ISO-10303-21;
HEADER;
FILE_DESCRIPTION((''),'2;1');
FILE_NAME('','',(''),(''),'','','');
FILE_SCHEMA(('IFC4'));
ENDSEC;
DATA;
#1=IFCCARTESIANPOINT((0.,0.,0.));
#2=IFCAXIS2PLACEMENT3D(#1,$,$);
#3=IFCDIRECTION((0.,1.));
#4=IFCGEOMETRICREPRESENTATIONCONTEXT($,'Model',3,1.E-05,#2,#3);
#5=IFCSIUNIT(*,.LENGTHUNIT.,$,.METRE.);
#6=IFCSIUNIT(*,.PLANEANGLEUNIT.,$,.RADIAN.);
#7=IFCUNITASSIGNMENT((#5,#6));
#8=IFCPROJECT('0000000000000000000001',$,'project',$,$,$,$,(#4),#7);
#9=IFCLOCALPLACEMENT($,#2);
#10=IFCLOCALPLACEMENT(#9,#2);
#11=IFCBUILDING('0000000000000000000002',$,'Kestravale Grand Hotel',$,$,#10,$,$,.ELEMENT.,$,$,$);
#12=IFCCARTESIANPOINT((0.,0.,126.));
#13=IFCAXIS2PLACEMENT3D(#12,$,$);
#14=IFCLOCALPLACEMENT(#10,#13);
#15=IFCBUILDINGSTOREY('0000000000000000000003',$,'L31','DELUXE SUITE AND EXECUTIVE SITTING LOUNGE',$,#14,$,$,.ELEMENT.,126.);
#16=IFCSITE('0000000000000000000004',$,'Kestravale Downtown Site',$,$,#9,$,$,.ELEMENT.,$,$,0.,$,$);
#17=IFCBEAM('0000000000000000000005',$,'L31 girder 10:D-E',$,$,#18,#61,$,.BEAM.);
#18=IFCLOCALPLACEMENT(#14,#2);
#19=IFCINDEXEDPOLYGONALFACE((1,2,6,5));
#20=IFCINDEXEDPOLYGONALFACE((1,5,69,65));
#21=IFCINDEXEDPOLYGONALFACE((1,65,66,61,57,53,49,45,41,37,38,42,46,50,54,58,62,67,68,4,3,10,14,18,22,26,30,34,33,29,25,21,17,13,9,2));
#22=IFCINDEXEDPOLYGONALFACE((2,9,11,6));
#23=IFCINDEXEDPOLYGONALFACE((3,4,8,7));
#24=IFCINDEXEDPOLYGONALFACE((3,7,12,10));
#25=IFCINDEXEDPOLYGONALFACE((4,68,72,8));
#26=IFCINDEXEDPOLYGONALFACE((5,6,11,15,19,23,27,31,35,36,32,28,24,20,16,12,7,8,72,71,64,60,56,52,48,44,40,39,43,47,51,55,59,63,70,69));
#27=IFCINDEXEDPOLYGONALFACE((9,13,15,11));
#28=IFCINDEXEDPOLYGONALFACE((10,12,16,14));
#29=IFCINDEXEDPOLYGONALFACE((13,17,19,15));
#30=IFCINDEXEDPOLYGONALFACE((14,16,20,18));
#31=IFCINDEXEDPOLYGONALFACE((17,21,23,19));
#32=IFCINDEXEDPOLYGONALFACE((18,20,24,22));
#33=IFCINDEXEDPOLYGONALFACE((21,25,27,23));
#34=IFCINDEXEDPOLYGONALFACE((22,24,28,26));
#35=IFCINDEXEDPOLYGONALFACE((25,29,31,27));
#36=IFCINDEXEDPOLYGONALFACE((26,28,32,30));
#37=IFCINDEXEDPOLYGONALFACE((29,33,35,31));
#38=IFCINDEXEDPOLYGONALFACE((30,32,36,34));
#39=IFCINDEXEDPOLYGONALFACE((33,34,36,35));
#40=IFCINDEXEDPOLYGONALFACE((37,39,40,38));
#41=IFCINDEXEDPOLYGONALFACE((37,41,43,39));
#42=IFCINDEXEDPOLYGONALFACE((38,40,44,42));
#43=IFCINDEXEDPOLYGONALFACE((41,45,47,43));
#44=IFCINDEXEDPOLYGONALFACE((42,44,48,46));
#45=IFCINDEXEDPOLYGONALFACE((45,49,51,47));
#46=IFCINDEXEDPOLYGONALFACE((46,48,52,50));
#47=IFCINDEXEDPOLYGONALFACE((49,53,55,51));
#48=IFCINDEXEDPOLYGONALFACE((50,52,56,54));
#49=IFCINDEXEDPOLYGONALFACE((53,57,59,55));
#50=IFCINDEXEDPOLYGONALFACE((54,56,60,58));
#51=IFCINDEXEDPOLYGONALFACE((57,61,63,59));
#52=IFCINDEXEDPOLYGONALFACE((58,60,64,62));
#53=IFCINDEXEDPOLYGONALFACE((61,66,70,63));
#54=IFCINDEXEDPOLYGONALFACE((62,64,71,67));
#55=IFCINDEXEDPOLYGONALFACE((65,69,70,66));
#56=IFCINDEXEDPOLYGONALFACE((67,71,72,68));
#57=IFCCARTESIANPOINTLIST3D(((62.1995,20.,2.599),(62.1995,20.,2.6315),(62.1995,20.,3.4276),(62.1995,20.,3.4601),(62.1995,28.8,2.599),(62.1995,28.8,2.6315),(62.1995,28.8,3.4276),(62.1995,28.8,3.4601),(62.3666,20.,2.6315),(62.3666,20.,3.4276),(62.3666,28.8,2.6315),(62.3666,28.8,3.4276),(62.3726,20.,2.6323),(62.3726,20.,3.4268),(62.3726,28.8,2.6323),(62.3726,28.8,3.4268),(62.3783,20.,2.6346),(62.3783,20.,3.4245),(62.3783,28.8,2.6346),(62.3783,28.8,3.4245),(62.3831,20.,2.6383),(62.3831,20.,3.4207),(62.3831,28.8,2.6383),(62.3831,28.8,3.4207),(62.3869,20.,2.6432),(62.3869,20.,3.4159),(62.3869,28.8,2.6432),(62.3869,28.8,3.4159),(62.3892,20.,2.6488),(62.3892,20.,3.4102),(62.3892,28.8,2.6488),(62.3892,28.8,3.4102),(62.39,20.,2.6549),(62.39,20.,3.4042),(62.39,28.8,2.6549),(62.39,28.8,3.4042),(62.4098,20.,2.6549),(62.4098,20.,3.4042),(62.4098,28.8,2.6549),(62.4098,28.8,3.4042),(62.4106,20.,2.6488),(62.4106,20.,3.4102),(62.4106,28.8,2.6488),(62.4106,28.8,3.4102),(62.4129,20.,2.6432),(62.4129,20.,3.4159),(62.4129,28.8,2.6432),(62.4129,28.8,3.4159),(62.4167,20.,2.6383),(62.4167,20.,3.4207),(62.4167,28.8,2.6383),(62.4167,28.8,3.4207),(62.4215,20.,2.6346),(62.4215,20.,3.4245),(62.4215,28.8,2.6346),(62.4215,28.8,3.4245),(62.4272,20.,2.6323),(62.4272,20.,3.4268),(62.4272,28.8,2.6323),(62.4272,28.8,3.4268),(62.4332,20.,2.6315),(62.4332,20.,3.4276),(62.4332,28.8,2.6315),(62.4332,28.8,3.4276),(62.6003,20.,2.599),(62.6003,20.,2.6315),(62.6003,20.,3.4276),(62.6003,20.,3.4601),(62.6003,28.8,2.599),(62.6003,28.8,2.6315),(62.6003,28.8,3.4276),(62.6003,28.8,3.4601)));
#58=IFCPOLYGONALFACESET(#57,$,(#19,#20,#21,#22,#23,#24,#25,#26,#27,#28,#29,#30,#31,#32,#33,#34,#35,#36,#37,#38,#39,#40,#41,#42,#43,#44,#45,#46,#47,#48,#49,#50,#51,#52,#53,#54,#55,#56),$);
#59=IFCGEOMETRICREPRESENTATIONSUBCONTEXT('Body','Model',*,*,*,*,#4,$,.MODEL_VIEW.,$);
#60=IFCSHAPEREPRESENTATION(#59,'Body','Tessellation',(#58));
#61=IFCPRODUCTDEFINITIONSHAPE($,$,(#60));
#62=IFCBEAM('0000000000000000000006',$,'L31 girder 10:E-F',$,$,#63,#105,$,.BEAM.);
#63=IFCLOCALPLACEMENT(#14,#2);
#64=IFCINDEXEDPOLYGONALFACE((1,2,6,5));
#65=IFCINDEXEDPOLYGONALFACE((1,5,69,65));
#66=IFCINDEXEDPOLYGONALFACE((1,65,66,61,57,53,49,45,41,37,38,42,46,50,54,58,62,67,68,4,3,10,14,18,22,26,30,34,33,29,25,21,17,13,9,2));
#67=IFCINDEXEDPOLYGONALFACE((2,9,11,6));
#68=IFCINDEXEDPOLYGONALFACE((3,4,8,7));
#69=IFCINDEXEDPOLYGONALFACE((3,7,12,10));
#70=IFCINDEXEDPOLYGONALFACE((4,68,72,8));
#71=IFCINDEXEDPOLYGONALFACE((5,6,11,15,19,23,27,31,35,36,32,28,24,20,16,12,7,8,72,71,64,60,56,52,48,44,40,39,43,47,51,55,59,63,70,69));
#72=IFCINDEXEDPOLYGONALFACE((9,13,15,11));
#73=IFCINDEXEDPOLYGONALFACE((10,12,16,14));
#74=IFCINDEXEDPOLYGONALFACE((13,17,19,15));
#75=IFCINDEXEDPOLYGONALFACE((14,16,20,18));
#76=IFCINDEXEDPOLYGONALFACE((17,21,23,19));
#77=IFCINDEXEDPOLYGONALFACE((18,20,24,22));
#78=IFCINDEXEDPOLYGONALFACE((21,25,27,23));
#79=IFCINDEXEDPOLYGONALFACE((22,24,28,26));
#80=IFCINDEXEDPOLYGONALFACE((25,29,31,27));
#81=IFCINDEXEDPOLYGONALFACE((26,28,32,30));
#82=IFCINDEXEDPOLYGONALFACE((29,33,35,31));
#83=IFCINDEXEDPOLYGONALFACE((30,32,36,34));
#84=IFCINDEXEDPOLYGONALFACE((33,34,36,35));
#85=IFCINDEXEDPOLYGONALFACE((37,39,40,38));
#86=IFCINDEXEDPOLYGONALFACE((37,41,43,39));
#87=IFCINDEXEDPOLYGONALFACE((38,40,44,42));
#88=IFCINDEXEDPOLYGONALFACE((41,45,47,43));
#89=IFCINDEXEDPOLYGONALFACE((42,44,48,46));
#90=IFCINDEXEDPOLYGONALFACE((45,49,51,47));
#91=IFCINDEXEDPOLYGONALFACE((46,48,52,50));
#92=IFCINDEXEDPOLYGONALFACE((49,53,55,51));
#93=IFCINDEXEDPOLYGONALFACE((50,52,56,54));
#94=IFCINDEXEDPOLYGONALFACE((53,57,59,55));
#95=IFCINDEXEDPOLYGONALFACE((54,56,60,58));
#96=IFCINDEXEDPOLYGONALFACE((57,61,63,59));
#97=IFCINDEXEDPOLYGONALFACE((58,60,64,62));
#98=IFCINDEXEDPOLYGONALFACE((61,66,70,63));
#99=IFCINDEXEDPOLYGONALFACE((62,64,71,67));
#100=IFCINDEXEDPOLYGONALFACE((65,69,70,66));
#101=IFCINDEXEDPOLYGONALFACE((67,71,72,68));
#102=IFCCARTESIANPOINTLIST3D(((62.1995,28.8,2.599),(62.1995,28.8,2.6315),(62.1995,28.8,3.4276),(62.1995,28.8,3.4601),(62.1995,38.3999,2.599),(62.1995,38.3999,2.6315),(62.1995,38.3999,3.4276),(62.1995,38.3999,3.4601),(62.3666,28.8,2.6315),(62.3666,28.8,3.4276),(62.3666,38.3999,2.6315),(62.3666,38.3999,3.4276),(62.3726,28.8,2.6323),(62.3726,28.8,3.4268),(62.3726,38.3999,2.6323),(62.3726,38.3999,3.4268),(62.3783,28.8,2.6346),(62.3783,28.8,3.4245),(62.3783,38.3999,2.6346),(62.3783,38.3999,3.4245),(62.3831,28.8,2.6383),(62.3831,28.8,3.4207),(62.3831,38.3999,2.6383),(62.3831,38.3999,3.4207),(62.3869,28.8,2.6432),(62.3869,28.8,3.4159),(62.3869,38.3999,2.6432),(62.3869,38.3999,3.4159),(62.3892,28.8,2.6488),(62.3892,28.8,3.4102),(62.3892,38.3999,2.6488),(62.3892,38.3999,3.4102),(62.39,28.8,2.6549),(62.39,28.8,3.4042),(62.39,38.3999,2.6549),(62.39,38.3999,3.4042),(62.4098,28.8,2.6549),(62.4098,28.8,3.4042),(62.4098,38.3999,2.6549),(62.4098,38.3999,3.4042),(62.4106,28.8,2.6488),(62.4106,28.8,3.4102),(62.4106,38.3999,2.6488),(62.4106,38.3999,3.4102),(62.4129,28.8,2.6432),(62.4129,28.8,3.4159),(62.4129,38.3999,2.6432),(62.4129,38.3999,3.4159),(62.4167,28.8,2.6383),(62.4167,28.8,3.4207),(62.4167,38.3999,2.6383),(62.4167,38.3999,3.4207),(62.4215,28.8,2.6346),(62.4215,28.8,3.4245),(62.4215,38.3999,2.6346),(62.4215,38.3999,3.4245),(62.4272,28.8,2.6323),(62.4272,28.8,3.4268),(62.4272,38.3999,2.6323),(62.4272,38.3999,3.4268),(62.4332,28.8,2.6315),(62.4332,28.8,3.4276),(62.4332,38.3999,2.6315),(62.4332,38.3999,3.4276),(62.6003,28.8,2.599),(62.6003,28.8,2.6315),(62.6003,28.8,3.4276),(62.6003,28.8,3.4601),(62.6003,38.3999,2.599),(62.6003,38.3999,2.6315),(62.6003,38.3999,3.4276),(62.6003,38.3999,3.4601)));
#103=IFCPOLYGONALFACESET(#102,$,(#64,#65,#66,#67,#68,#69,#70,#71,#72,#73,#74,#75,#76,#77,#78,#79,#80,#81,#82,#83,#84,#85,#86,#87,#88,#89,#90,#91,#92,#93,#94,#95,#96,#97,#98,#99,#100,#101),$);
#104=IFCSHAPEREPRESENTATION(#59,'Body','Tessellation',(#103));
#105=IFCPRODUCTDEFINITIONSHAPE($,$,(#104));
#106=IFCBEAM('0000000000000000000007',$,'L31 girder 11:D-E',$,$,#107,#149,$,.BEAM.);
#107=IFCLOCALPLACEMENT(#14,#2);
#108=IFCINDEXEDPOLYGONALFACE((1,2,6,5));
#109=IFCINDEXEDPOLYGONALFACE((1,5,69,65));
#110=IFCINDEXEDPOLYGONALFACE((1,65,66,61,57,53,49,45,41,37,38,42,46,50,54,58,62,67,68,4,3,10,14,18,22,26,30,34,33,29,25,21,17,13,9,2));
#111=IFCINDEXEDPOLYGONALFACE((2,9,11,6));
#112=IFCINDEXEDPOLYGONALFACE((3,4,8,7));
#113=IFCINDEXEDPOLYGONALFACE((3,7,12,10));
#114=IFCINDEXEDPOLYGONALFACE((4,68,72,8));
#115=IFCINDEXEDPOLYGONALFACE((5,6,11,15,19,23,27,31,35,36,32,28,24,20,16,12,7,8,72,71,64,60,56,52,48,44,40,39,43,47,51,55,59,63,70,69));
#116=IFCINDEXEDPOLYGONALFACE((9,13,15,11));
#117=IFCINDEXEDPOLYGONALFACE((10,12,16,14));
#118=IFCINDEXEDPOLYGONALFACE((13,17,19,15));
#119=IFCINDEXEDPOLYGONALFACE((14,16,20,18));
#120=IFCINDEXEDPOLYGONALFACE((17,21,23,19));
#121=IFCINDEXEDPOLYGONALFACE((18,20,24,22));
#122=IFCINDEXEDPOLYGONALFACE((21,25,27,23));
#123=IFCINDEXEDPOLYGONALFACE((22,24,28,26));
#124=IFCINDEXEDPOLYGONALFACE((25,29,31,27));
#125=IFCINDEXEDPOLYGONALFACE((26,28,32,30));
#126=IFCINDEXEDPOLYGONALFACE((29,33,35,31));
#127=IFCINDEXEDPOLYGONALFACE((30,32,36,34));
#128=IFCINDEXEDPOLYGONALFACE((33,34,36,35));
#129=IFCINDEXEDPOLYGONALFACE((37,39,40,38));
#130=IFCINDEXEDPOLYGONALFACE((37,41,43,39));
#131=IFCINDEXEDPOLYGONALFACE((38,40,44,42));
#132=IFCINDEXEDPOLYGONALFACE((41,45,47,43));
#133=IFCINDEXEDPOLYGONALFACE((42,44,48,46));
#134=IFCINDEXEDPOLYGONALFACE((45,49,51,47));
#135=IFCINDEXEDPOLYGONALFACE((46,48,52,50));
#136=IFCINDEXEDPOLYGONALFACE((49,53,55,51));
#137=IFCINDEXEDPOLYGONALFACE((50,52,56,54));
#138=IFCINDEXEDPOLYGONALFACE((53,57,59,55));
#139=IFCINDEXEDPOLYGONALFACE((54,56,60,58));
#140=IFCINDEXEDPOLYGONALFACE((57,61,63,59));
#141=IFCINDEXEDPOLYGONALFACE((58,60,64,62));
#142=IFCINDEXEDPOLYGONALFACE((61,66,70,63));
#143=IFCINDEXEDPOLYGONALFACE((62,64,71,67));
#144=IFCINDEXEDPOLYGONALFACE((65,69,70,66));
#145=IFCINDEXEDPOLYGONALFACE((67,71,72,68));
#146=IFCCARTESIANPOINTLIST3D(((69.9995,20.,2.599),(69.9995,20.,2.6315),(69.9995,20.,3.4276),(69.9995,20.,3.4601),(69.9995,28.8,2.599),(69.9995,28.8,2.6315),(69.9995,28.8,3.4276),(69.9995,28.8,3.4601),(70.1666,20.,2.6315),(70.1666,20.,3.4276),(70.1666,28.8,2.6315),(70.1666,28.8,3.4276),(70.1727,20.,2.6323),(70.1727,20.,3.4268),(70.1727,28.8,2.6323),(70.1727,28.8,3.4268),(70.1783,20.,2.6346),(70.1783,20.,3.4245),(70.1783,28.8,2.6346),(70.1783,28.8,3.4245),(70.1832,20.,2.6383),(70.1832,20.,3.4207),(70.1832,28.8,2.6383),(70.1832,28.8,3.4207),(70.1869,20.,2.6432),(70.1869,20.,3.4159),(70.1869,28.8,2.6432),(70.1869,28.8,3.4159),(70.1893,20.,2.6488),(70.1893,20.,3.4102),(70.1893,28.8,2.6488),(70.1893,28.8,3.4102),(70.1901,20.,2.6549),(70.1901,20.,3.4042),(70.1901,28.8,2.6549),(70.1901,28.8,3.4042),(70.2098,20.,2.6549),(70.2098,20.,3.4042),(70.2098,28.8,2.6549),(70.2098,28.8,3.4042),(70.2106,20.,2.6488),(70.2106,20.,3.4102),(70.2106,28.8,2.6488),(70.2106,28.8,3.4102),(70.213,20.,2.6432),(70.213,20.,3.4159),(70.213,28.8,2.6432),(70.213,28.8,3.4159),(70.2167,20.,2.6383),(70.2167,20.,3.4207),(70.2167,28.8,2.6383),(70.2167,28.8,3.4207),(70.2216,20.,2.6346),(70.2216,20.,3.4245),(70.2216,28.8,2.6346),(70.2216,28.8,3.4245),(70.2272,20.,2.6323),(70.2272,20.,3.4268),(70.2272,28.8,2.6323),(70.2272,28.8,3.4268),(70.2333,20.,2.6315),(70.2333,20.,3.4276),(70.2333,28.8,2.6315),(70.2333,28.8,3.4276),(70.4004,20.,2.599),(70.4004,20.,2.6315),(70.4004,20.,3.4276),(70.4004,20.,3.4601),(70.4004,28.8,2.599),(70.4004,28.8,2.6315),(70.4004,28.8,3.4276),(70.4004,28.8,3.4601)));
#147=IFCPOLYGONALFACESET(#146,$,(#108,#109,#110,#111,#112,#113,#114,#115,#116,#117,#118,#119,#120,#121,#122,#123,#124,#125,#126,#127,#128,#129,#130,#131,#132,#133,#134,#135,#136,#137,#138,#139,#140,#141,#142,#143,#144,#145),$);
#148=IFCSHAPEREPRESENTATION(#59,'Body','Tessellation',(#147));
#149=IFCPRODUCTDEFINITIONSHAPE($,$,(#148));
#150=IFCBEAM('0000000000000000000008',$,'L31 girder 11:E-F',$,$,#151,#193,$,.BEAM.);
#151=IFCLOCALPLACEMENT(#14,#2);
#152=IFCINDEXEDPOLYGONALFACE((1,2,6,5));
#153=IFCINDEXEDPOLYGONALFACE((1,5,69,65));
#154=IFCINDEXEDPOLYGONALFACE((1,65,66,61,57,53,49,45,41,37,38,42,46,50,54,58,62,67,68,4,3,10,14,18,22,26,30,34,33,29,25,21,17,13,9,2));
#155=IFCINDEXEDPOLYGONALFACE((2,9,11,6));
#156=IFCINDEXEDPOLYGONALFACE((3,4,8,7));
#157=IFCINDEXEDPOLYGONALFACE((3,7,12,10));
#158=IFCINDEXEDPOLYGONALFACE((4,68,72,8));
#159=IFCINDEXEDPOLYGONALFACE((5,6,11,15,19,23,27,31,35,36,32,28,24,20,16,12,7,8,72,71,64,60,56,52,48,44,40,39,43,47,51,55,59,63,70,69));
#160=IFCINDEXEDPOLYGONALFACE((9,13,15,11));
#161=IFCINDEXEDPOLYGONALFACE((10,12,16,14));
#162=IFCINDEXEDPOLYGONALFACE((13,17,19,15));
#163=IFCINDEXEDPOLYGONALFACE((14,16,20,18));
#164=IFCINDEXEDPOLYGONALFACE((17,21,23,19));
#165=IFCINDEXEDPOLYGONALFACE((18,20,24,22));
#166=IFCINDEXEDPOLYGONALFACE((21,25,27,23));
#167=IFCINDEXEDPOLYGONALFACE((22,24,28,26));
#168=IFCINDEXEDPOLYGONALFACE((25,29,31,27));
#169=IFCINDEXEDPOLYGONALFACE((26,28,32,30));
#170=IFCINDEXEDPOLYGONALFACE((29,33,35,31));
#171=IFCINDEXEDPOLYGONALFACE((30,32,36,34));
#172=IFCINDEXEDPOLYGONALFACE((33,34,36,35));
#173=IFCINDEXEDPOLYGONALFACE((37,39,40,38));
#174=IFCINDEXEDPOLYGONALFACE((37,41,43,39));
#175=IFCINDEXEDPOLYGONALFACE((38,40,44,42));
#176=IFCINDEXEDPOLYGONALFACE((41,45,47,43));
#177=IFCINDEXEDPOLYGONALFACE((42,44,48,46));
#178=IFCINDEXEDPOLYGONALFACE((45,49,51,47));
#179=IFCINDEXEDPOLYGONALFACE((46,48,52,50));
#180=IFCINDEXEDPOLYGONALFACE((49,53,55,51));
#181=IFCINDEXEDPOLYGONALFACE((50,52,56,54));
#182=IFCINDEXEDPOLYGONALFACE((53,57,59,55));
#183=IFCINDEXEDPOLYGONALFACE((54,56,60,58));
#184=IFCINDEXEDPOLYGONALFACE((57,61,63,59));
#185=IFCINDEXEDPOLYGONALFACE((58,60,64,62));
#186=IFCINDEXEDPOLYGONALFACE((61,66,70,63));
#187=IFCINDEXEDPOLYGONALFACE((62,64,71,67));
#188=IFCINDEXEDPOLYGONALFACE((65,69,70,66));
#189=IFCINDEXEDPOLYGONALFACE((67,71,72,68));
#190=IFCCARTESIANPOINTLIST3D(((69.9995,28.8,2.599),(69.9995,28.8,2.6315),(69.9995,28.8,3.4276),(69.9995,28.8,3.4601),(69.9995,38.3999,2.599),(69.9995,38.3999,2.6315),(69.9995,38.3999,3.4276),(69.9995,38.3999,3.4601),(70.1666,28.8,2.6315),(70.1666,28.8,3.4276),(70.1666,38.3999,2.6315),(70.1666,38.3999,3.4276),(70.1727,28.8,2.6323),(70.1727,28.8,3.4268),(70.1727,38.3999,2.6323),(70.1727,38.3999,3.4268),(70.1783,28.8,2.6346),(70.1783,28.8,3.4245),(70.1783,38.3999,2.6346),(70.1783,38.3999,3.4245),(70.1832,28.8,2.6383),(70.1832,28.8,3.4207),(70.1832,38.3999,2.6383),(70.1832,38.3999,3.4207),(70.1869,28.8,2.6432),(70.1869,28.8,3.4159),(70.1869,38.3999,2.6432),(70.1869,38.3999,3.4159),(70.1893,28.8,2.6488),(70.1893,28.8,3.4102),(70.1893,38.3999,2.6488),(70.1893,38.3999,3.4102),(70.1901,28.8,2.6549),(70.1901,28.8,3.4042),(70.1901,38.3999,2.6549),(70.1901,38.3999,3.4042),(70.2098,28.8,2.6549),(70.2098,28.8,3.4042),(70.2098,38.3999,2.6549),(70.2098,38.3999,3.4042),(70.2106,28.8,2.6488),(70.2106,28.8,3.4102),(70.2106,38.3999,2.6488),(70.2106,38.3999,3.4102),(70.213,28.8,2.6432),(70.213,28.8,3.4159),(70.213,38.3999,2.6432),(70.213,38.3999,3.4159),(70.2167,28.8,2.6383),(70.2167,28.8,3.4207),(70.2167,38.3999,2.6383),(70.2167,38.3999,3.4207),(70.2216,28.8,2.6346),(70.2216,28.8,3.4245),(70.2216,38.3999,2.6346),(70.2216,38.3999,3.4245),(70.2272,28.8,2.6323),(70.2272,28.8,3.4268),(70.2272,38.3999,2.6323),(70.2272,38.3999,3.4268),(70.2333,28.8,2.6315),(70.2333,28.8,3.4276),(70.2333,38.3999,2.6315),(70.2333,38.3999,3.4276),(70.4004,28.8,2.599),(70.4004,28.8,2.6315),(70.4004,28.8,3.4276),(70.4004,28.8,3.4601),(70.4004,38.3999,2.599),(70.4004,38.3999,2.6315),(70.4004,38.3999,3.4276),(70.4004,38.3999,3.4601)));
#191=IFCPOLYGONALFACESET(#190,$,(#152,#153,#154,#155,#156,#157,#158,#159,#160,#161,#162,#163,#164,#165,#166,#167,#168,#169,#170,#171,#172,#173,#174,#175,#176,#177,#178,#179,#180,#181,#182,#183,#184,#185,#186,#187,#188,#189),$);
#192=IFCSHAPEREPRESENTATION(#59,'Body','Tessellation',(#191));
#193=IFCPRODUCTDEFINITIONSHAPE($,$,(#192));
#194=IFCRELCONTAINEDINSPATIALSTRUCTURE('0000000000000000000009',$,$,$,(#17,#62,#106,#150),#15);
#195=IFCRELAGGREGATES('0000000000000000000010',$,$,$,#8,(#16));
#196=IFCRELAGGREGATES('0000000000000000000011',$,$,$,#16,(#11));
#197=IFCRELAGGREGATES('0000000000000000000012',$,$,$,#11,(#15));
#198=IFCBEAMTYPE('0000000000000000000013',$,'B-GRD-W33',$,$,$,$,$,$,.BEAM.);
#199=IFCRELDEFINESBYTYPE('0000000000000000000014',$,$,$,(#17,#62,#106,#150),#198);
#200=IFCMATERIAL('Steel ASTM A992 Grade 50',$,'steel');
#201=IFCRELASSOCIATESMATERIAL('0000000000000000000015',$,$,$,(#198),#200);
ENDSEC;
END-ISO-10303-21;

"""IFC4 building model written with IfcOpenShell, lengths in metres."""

from ifc_helpers import new_model, si_unit, direction, frame, origin, origin_2d, place, context, subcontext, project, spatial, i_section, extrude, material, material_profile, profile_set, type_object, element, save


model = new_model("IFC4")

# Units and contexts
model_context = context("Model", 3, precision=1e-05, world=origin(), true_north=direction((0.0, 1.0)))
body_context = subcontext(model_context, "Body", "Model", "MODEL_VIEW")
ifc_project = project(units=[si_unit("LENGTHUNIT", "METRE"), si_unit("PLANEANGLEUNIT", "RADIAN")], contexts=[model_context])

# Site, building, storey
site_placement = place(None, origin())
site = spatial("IfcSite", under=ifc_project, at=site_placement, Name="Kestravale Downtown Site", CompositionType="ELEMENT", RefElevation=0.0)
building_placement = place(site_placement, origin())
building = spatial("IfcBuilding", under=site, at=building_placement, Name="Kestravale Grand Hotel", CompositionType="ELEMENT")
storey_placement = place(building_placement, frame((0.0, 0.0, 126.0)))
storey = spatial("IfcBuildingStorey", under=building, at=storey_placement, Name="L31", Description="DELUXE SUITE AND EXECUTIVE SITTING LOUNGE", CompositionType="ELEMENT", Elevation=126.0)

# Beams
ifc_material_1 = material(Name="Steel ASTM A992 Grade 50", Category="steel")
ifc_material_profile_1 = material_profile(ifc_material_1, i_section(OverallWidth=0.4009, OverallDepth=0.8611, WebThickness=0.0198, FlangeThickness=0.0325, FilletRadius=0.0234, at=origin_2d()))
ifc_profile_set_1 = profile_set([ifc_material_profile_1], Name="Steel ASTM A992 Grade 50")
beam_type_1 = type_object("IfcBeamType", Name="B-GRD-W33", PredefinedType="BEAM", material=ifc_profile_set_1)
beam_1_placement = place(storey_placement, frame((62.3999, 20.0, 3.0295), z_axis=(0.0, 1.0, 0.0), x_axis=(-1.0, 0.0, 0.0)))
element("IfcBeam", 1, at=beam_1_placement, inside=storey, type_object=beam_type_1, Name="L31 girder 10:D-E", PredefinedType="BEAM", context=body_context, shape_type="SweptSolid", body=[
    extrude(i_section(OverallWidth=0.4009, OverallDepth=0.8611, WebThickness=0.0198, FlangeThickness=0.0325, FilletRadius=0.0234, at=origin_2d()), origin(), (0.0, 0.0, 1.0), 8.8),
])
beam_2_placement = place(storey_placement, frame((62.3999, 28.8, 3.0295), z_axis=(0.0, 1.0, 0.0), x_axis=(-1.0, 0.0, 0.0)))
element("IfcBeam", 2, at=beam_2_placement, inside=storey, type_object=beam_type_1, Name="L31 girder 10:E-F", PredefinedType="BEAM", context=body_context, shape_type="SweptSolid", body=[
    extrude(i_section(OverallWidth=0.4009, OverallDepth=0.8611, WebThickness=0.0198, FlangeThickness=0.0325, FilletRadius=0.0234, at=origin_2d()), origin(), (0.0, 0.0, 1.0), 9.5999),
])
beam_3_placement = place(storey_placement, frame((70.2, 20.0, 3.0295), z_axis=(0.0, 1.0, 0.0), x_axis=(-1.0, 0.0, 0.0)))
element("IfcBeam", 3, at=beam_3_placement, inside=storey, type_object=beam_type_1, Name="L31 girder 11:D-E", PredefinedType="BEAM", context=body_context, shape_type="SweptSolid", body=[
    extrude(i_section(OverallWidth=0.4009, OverallDepth=0.8611, WebThickness=0.0198, FlangeThickness=0.0325, FilletRadius=0.0234, at=origin_2d()), origin(), (0.0, 0.0, 1.0), 8.8),
])
beam_4_placement = place(storey_placement, frame((70.2, 28.8, 3.0295), z_axis=(0.0, 1.0, 0.0), x_axis=(-1.0, 0.0, 0.0)))
element("IfcBeam", 4, at=beam_4_placement, inside=storey, type_object=beam_type_1, Name="L31 girder 11:E-F", PredefinedType="BEAM", context=body_context, shape_type="SweptSolid", body=[
    extrude(i_section(OverallWidth=0.4009, OverallDepth=0.8611, WebThickness=0.0198, FlangeThickness=0.0325, FilletRadius=0.0234, at=origin_2d()), origin(), (0.0, 0.0, 1.0), 9.5999),
])

save(model, "model.ifc")
